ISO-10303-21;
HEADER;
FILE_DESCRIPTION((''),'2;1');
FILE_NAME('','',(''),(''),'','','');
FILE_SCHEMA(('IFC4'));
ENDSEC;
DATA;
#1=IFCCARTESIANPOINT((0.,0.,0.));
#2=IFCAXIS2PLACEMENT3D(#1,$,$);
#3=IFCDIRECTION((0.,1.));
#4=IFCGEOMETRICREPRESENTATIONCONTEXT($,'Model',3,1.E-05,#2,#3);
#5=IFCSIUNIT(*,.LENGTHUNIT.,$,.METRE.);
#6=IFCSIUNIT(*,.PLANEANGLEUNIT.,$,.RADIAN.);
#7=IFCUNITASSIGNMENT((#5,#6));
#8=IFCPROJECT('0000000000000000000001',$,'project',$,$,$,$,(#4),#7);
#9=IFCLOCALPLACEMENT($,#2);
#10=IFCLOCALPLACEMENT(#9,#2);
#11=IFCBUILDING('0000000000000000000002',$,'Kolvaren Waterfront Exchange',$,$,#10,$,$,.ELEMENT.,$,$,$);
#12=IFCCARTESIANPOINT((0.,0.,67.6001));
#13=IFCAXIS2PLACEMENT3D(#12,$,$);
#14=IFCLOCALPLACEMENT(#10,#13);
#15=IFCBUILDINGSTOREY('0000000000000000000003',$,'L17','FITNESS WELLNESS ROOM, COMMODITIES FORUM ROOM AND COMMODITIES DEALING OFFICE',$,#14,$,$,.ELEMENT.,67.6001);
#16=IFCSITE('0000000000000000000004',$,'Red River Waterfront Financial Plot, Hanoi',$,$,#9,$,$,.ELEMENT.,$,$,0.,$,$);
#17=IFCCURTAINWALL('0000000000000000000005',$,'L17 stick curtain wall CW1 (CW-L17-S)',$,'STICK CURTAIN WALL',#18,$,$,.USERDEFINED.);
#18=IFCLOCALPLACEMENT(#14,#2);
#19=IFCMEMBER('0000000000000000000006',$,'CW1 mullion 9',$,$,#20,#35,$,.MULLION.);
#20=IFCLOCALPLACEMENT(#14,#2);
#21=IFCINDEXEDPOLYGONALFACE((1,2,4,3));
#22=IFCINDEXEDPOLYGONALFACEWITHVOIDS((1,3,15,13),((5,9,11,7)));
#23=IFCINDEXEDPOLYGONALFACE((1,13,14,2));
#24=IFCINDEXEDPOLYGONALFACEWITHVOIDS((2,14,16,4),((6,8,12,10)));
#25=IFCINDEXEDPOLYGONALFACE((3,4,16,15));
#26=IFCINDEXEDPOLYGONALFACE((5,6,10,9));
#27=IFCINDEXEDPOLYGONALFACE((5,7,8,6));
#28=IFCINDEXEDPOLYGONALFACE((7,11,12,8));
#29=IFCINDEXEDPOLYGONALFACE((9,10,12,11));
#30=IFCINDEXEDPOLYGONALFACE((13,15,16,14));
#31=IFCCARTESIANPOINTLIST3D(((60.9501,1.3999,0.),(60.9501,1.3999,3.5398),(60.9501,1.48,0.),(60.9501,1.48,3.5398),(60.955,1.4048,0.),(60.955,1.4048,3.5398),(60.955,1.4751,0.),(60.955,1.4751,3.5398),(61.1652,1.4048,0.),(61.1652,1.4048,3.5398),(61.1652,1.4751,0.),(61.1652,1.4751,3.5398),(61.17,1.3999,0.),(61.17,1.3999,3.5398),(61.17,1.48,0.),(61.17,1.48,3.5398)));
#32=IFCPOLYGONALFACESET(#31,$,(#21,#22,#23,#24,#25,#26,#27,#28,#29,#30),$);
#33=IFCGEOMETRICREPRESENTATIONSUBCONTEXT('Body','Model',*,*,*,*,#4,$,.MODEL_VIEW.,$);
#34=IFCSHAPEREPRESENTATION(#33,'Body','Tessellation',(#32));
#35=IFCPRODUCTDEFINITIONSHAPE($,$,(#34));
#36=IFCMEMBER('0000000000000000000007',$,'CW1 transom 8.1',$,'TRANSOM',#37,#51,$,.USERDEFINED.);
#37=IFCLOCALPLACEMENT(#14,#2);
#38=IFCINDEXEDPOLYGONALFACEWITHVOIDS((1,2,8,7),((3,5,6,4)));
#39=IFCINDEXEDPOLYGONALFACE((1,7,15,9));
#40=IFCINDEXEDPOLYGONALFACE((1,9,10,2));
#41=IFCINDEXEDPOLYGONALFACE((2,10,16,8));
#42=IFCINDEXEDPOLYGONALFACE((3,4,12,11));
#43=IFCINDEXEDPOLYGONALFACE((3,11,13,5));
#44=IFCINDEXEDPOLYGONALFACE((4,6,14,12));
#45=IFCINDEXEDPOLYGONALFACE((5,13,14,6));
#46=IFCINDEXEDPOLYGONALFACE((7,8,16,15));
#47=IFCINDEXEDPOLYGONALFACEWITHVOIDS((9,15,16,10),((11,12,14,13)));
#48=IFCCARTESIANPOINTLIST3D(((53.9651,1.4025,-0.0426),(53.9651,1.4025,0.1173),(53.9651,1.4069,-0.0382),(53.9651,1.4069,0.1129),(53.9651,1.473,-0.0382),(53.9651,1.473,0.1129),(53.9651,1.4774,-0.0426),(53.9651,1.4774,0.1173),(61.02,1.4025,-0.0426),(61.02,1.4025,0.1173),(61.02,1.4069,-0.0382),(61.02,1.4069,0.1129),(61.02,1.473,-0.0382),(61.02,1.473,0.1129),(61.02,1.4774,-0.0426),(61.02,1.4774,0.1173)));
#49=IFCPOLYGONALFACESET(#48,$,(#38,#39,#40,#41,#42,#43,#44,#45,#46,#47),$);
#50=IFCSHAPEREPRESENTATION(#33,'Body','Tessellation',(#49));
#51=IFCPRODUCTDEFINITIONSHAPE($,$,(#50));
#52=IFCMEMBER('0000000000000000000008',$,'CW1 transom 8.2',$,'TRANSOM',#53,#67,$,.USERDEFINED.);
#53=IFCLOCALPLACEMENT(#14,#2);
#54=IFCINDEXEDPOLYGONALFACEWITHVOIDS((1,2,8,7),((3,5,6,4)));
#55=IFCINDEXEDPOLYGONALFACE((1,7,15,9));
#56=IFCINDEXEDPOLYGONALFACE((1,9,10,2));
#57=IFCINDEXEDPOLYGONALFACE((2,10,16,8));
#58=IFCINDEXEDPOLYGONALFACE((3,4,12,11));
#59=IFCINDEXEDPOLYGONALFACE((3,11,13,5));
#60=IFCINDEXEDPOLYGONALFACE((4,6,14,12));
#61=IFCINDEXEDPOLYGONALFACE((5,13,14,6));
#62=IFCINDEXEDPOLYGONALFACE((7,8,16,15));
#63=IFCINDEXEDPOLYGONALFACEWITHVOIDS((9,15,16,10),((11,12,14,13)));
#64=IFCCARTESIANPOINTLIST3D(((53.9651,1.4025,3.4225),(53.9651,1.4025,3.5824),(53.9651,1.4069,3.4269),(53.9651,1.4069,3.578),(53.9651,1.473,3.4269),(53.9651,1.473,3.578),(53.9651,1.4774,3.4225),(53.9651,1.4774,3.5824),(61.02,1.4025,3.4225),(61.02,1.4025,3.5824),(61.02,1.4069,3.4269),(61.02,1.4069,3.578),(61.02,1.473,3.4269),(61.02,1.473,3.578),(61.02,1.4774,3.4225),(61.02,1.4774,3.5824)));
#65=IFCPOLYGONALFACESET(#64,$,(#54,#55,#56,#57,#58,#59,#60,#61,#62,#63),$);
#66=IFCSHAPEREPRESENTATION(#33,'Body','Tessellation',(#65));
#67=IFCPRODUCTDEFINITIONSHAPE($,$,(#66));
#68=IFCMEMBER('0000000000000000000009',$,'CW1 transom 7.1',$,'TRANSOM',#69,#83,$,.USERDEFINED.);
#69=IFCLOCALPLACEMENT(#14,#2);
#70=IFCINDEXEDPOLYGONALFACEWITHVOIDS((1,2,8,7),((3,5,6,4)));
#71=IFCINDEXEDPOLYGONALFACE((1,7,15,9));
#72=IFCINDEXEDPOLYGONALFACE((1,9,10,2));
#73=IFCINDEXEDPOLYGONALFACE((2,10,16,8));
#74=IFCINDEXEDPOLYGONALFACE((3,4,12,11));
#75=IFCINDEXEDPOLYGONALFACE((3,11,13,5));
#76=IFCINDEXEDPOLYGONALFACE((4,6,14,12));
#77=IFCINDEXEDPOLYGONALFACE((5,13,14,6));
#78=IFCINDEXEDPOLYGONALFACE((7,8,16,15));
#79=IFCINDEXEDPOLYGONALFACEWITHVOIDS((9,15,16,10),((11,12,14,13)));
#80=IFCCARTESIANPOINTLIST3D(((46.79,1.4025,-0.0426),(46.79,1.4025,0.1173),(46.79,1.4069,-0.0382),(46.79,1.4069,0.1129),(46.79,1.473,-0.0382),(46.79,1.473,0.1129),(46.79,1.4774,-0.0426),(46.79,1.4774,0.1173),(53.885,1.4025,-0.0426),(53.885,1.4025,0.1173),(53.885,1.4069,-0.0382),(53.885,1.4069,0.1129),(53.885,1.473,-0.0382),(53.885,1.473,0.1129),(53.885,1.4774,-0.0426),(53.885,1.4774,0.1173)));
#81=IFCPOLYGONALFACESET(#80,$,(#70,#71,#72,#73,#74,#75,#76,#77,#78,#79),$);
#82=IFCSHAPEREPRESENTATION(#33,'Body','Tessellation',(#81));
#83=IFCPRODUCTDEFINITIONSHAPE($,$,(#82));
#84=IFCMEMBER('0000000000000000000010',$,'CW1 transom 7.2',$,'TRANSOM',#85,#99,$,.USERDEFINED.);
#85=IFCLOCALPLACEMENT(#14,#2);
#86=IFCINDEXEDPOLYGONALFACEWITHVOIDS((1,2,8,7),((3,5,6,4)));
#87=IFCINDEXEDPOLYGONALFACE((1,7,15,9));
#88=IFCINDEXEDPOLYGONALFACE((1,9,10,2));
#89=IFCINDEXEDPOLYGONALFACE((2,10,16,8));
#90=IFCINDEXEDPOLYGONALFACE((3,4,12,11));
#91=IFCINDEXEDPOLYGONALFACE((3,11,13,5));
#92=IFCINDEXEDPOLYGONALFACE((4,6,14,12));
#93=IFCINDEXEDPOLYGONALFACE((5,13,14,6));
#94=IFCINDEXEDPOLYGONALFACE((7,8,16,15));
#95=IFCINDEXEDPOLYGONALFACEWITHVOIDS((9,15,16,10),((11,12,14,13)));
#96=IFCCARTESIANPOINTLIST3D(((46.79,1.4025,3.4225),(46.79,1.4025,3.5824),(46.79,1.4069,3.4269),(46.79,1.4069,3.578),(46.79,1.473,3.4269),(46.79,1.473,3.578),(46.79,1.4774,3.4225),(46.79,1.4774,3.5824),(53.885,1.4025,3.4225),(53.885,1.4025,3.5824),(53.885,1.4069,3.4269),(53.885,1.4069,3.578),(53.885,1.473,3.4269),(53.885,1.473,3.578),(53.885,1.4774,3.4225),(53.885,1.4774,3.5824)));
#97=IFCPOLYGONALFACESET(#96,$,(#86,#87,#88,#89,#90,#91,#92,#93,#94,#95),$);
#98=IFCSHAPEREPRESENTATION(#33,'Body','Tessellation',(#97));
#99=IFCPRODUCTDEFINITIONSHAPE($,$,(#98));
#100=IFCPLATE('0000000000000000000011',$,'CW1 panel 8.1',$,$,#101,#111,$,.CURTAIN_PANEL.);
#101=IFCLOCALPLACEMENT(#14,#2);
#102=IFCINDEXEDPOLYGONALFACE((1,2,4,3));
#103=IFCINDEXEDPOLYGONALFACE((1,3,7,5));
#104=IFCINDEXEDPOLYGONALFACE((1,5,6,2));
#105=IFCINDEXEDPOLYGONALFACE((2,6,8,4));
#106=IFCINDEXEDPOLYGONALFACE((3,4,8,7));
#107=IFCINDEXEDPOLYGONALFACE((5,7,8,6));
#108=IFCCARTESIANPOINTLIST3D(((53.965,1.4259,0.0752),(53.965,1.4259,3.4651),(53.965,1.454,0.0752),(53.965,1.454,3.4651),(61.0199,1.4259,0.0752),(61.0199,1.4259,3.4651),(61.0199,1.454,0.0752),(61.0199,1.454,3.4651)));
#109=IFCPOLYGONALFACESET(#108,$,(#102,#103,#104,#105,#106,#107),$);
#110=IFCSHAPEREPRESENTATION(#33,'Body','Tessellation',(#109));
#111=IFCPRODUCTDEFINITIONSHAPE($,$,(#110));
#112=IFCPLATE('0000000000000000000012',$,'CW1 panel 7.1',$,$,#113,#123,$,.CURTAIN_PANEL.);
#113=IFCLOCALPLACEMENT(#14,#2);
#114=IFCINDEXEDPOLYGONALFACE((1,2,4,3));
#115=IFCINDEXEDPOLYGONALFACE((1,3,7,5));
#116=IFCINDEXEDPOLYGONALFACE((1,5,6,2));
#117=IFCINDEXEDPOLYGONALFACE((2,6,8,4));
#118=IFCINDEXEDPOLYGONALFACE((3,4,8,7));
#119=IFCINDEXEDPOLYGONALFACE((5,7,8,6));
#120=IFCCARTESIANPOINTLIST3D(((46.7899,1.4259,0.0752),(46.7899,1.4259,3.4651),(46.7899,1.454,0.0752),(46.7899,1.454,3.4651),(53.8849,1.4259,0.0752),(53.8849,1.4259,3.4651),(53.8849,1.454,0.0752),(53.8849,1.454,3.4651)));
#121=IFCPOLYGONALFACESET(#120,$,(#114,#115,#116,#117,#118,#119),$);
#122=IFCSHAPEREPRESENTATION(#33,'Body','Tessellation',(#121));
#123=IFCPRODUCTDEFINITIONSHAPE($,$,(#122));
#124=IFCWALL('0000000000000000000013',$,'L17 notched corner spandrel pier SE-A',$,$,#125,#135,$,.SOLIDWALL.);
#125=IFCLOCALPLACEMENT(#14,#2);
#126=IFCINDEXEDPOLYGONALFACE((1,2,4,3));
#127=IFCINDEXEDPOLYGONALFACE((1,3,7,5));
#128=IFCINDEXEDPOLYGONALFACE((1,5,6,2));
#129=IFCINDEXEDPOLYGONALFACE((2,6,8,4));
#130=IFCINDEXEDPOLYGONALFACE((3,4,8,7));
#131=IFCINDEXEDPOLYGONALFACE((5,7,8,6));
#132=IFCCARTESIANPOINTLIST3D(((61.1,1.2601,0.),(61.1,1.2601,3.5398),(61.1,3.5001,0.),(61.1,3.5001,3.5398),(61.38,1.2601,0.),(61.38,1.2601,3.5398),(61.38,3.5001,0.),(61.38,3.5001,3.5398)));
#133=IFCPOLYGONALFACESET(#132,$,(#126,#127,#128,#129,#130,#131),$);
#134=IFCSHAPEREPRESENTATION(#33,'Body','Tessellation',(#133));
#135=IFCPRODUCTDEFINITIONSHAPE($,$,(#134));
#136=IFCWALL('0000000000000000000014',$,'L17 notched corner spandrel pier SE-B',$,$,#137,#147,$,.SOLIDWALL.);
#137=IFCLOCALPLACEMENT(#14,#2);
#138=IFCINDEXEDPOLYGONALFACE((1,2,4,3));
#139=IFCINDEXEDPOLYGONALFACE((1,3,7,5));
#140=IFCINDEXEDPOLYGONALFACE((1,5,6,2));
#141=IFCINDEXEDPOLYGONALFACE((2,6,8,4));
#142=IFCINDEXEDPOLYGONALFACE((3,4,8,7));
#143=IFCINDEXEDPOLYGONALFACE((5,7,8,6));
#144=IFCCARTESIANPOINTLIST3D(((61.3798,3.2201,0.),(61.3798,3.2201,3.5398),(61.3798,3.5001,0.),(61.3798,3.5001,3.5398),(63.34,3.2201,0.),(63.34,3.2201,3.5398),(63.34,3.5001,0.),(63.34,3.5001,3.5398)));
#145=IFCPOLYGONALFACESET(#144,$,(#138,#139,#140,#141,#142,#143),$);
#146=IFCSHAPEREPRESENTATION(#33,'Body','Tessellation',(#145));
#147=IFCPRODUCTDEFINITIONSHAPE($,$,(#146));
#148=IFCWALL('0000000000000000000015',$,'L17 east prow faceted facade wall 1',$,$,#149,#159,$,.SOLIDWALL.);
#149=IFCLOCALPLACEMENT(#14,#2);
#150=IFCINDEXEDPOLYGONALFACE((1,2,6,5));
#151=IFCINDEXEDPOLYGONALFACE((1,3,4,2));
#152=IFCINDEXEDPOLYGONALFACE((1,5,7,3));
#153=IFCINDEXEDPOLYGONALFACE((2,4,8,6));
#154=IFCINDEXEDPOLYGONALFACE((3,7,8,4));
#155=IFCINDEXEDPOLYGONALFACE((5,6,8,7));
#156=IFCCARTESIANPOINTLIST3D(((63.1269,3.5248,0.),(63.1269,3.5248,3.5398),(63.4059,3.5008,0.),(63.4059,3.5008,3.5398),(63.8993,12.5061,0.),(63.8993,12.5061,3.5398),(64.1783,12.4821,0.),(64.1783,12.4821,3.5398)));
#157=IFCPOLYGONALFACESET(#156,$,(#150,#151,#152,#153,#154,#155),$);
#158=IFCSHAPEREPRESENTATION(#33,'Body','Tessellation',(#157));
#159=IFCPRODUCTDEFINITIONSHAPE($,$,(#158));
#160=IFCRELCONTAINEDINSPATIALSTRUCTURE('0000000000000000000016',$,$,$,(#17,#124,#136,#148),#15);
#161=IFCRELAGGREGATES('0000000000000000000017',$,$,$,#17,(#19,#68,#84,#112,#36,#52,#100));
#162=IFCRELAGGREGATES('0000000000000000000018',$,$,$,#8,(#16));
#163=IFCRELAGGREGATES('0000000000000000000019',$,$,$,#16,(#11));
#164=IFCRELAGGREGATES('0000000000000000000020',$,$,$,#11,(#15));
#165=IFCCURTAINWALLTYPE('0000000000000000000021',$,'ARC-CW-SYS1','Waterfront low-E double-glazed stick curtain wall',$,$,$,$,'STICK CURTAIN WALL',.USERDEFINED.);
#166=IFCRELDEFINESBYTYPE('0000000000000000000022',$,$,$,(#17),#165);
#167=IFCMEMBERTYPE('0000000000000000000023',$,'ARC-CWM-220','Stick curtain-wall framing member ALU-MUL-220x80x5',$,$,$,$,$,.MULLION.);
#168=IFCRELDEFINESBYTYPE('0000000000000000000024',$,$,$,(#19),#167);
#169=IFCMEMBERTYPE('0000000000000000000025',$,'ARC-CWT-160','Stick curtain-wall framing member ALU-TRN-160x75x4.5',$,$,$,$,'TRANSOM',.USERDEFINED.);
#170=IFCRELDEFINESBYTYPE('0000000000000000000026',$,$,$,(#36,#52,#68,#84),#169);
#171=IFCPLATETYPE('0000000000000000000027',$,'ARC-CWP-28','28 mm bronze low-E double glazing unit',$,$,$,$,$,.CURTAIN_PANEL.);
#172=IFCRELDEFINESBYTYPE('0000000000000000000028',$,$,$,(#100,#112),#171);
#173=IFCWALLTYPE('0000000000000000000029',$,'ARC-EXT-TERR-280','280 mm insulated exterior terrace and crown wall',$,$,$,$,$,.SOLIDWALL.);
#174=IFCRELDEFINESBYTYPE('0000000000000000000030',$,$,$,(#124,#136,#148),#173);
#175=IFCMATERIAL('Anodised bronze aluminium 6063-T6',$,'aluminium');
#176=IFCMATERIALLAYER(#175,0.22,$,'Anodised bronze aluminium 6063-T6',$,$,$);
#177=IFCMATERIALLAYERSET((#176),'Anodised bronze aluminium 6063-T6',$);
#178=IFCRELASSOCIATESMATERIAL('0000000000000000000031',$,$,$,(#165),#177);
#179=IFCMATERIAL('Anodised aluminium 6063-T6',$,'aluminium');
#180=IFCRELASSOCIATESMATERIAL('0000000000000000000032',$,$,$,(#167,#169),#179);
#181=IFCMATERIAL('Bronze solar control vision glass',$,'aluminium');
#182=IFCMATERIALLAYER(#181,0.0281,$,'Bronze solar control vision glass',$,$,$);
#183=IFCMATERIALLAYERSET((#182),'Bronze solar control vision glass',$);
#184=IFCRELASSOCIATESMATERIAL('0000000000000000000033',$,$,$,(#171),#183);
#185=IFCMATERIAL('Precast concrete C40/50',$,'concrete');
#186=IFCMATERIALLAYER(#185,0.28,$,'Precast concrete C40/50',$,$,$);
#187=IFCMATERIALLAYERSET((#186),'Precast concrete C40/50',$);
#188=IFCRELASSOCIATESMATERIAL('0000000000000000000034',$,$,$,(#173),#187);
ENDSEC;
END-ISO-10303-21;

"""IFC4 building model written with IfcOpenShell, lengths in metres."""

from ifc_helpers import new_model, si_unit, direction, frame, frame_2d, origin, origin_with_axes, origin_2d, place, context, subcontext, project, spatial, rectangle, hollow_rectangle, extrude, source, transform, mapped, material, layer, layer_set, material_profile, profile_set, type_object, element, aggregate, save


model = new_model("IFC4")

# Units and contexts
model_context = context("Model", 3, precision=1e-05, world=origin(), true_north=direction((0.0, 1.0)))
body_context = subcontext(model_context, "Body", "Model", "MODEL_VIEW")
ifc_project = project(units=[si_unit("LENGTHUNIT", "METRE"), si_unit("PLANEANGLEUNIT", "RADIAN")], contexts=[model_context])

# Site, building, storey
site_placement = place(None, origin())
site = spatial("IfcSite", under=ifc_project, at=site_placement, Name="Red River Waterfront Financial Plot, Hanoi", CompositionType="ELEMENT", RefElevation=0.0)
building_placement = place(site_placement, origin())
building = spatial("IfcBuilding", under=site, at=building_placement, Name="Kolvaren Waterfront Exchange", CompositionType="ELEMENT")
storey_placement = place(building_placement, frame((0.0, 0.0, 67.6001)))
storey = spatial("IfcBuildingStorey", under=building, at=storey_placement, Name="L17", Description="FITNESS WELLNESS ROOM, COMMODITIES FORUM ROOM AND COMMODITIES DEALING OFFICE", CompositionType="ELEMENT", Elevation=67.6001)

# Curtain wall, members, plates
ifc_material_1 = material(Name="Anodised bronze aluminium 6063-T6", Category="aluminium")
ifc_layer_1 = layer(ifc_material_1, 0.22, Name="Anodised bronze aluminium 6063-T6")
ifc_layer_set_1 = layer_set([ifc_layer_1], Name="Anodised bronze aluminium 6063-T6")
curtain_wall_type = type_object("IfcCurtainWallType", Name="ARC-CW-SYS1", Description="Waterfront low-E double-glazed stick curtain wall", ElementType="STICK CURTAIN WALL", PredefinedType="USERDEFINED", material=ifc_layer_set_1)
curtain_wall_placement = place(storey_placement, origin())
curtain_wall = element("IfcCurtainWall", 1, at=curtain_wall_placement, inside=storey, type_object=curtain_wall_type, Name="L17 stick curtain wall CW1 (CW-L17-S)", ObjectType="STICK CURTAIN WALL", PredefinedType="USERDEFINED")
ifc_material_2 = material(Name="Anodised aluminium 6063-T6", Category="aluminium")
ifc_material_profile_1 = material_profile(ifc_material_2, hollow_rectangle(XDim=0.0801, YDim=0.22, WallThickness=0.0049, at=origin_2d()), Name="ALU-MUL-220x80x5")
ifc_profile_set_1 = profile_set([ifc_material_profile_1], Name="Anodised aluminium 6063-T6")
member_type_1 = type_object("IfcMemberType", Name="ARC-CWM-220", Description="Stick curtain-wall framing member ALU-MUL-220x80x5", PredefinedType="MULLION", material=ifc_profile_set_1)
shared_shape_1 = source(origin_with_axes(), body_context, "Body", "SweptSolid", [
    extrude(hollow_rectangle(XDim=0.0801, YDim=0.22, WallThickness=0.0049, at=origin_2d()), origin(), (0.0, 0.0, 1.0), 3.5398),
])
member_1_placement = place(storey_placement, frame((61.0601, 1.4399, 0.0), z_axis=(0.0, 0.0, 1.0), x_axis=(0.0, 1.0, 0.0)))
member_1 = element("IfcMember", 2, at=member_1_placement, type_object=member_type_1, Name="CW1 mullion 9", PredefinedType="MULLION", context=body_context, shape_type="MappedRepresentation", body=[
    mapped(shared_shape_1, transform((0.0, 0.0, 0.0), x_axis=(1.0, 0.0, 0.0), y_axis=(0.0, 1.0, 0.0), z_axis=(0.0, 0.0, 1.0), scale=1.0)),
])
ifc_material_profile_2 = material_profile(ifc_material_2, hollow_rectangle(XDim=0.075, YDim=0.1599, WallThickness=0.0044, at=origin_2d()), Name="ALU-TRN-160x75x4.5")
ifc_profile_set_2 = profile_set([ifc_material_profile_2], Name="Anodised aluminium 6063-T6")
member_type_2 = type_object("IfcMemberType", Name="ARC-CWT-160", Description="Stick curtain-wall framing member ALU-TRN-160x75x4.5", ElementType="TRANSOM", PredefinedType="USERDEFINED", material=ifc_profile_set_2)
shared_shape_2 = source(origin_with_axes(), body_context, "Body", "SweptSolid", [
    extrude(hollow_rectangle(XDim=0.075, YDim=0.1599, WallThickness=0.0044, at=origin_2d()), origin(), (0.0, 0.0, 1.0), 7.0549),
])
member_2_placement = place(storey_placement, frame((53.9651, 1.4399, 0.0374), z_axis=(1.0, 0.0, 0.0), x_axis=(0.0, 1.0, 0.0)))
member_2 = element("IfcMember", 3, at=member_2_placement, type_object=member_type_2, Name="CW1 transom 8.1", ObjectType="TRANSOM", PredefinedType="USERDEFINED", context=body_context, shape_type="MappedRepresentation", body=[
    mapped(shared_shape_2, transform((0.0, 0.0, 0.0), x_axis=(1.0, 0.0, 0.0), y_axis=(0.0, 1.0, 0.0), z_axis=(0.0, 0.0, 1.0), scale=1.0)),
])
member_3_placement = place(storey_placement, frame((53.9651, 1.4399, 3.5024), z_axis=(1.0, 0.0, 0.0), x_axis=(0.0, 1.0, 0.0)))
member_3 = element("IfcMember", 4, at=member_3_placement, type_object=member_type_2, Name="CW1 transom 8.2", ObjectType="TRANSOM", PredefinedType="USERDEFINED", context=body_context, shape_type="MappedRepresentation", body=[
    mapped(shared_shape_2, transform((0.0, 0.0, 0.0), x_axis=(1.0, 0.0, 0.0), y_axis=(0.0, 1.0, 0.0), z_axis=(0.0, 0.0, 1.0), scale=1.0)),
])
shared_shape_3 = source(origin_with_axes(), body_context, "Body", "SweptSolid", [
    extrude(hollow_rectangle(XDim=0.075, YDim=0.1599, WallThickness=0.0044, at=origin_2d()), origin(), (0.0, 0.0, 1.0), 7.095),
])
member_4_placement = place(storey_placement, frame((46.79, 1.4399, 0.0374), z_axis=(1.0, 0.0, 0.0), x_axis=(0.0, 1.0, 0.0)))
member_4 = element("IfcMember", 5, at=member_4_placement, type_object=member_type_2, Name="CW1 transom 7.1", ObjectType="TRANSOM", PredefinedType="USERDEFINED", context=body_context, shape_type="MappedRepresentation", body=[
    mapped(shared_shape_3, transform((0.0, 0.0, 0.0), x_axis=(1.0, 0.0, 0.0), y_axis=(0.0, 1.0, 0.0), z_axis=(0.0, 0.0, 1.0), scale=1.0)),
])
member_5_placement = place(storey_placement, frame((46.79, 1.4399, 3.5024), z_axis=(1.0, 0.0, 0.0), x_axis=(0.0, 1.0, 0.0)))
member_5 = element("IfcMember", 6, at=member_5_placement, type_object=member_type_2, Name="CW1 transom 7.2", ObjectType="TRANSOM", PredefinedType="USERDEFINED", context=body_context, shape_type="MappedRepresentation", body=[
    mapped(shared_shape_3, transform((0.0, 0.0, 0.0), x_axis=(1.0, 0.0, 0.0), y_axis=(0.0, 1.0, 0.0), z_axis=(0.0, 0.0, 1.0), scale=1.0)),
])
ifc_material_3 = material(Name="Bronze solar control vision glass", Category="aluminium")
ifc_layer_2 = layer(ifc_material_3, 0.0281, Name="Bronze solar control vision glass")
ifc_layer_set_2 = layer_set([ifc_layer_2], Name="Bronze solar control vision glass")
plate_type = type_object("IfcPlateType", Name="ARC-CWP-28", Description="28 mm bronze low-E double glazing unit", PredefinedType="CURTAIN_PANEL", material=ifc_layer_set_2)
shared_shape_4 = source(origin_with_axes(), body_context, "Body", "SweptSolid", [
    extrude(rectangle(XDim=7.0549, YDim=0.0281, at=origin_2d()), origin(), (0.0, 0.0, 1.0), 3.3899),
])
plate_1_placement = place(storey_placement, frame((57.4924, 1.4399, 0.0752), z_axis=(0.0, 0.0, 1.0), x_axis=(1.0, 0.0, 0.0)))
plate_1 = element("IfcPlate", 7, at=plate_1_placement, type_object=plate_type, Name="CW1 panel 8.1", PredefinedType="CURTAIN_PANEL", context=body_context, shape_type="MappedRepresentation", body=[
    mapped(shared_shape_4, transform((0.0, 0.0, 0.0), x_axis=(1.0, 0.0, 0.0), y_axis=(0.0, 1.0, 0.0), z_axis=(0.0, 0.0, 1.0), scale=1.0)),
])
shared_shape_5 = source(origin_with_axes(), body_context, "Body", "SweptSolid", [
    extrude(rectangle(XDim=7.095, YDim=0.0281, at=origin_2d()), origin(), (0.0, 0.0, 1.0), 3.3899),
])
plate_2_placement = place(storey_placement, frame((50.3374, 1.4399, 0.0752), z_axis=(0.0, 0.0, 1.0), x_axis=(1.0, 0.0, 0.0)))
plate_2 = element("IfcPlate", 8, at=plate_2_placement, type_object=plate_type, Name="CW1 panel 7.1", PredefinedType="CURTAIN_PANEL", context=body_context, shape_type="MappedRepresentation", body=[
    mapped(shared_shape_5, transform((0.0, 0.0, 0.0), x_axis=(1.0, 0.0, 0.0), y_axis=(0.0, 1.0, 0.0), z_axis=(0.0, 0.0, 1.0), scale=1.0)),
])
aggregate(curtain_wall, [member_1, member_4, member_5, plate_2, member_2, member_3, plate_1])

# Walls
ifc_material_4 = material(Name="Precast concrete C40/50", Category="concrete")
ifc_layer_3 = layer(ifc_material_4, 0.28, Name="Precast concrete C40/50")
ifc_layer_set_3 = layer_set([ifc_layer_3], Name="Precast concrete C40/50")
wall_type_1 = type_object("IfcWallType", Name="ARC-EXT-TERR-280", Description="280 mm insulated exterior terrace and crown wall", PredefinedType="SOLIDWALL", material=ifc_layer_set_3)
wall_1_placement = place(storey_placement, frame((61.24, 1.26, 0.0), z_axis=(0.0, 0.0, 1.0), x_axis=(0.0, 1.0, 0.0)))
element("IfcWall", 9, at=wall_1_placement, inside=storey, type_object=wall_type_1, Name="L17 notched corner spandrel pier SE-A", PredefinedType="SOLIDWALL", context=body_context, shape_type="SweptSolid", body=[
    extrude(rectangle(XDim=2.24, YDim=0.28, at=frame_2d((1.1201, 0.0))), origin(), (0.0, 0.0, 1.0), 3.5398),
])
wall_2_placement = place(storey_placement, frame((61.3799, 3.3601, 0.0), z_axis=(0.0, 0.0, 1.0), x_axis=(1.0, 0.0, 0.0)))
element("IfcWall", 10, at=wall_2_placement, inside=storey, type_object=wall_type_1, Name="L17 notched corner spandrel pier SE-B", PredefinedType="SOLIDWALL", context=body_context, shape_type="SweptSolid", body=[
    extrude(rectangle(XDim=1.9602, YDim=0.28, at=frame_2d((0.98, 0.0))), origin(), (0.0, 0.0, 1.0), 3.5398),
])
wall_3_placement = place(storey_placement, frame((63.2664, 3.5127, 0.0), z_axis=(0.0, 0.0, 1.0), x_axis=(0.085692, 0.996322, 0.0)))
element("IfcWall", 11, at=wall_3_placement, inside=storey, type_object=wall_type_1, Name="L17 east prow faceted facade wall 1", PredefinedType="SOLIDWALL", context=body_context, shape_type="SweptSolid", body=[
    extrude(rectangle(XDim=9.0144, YDim=0.28, at=frame_2d((4.5073, 0.0))), origin(), (0.0, 0.0, 1.0), 3.5398),
])

save(model, "model.ifc")
